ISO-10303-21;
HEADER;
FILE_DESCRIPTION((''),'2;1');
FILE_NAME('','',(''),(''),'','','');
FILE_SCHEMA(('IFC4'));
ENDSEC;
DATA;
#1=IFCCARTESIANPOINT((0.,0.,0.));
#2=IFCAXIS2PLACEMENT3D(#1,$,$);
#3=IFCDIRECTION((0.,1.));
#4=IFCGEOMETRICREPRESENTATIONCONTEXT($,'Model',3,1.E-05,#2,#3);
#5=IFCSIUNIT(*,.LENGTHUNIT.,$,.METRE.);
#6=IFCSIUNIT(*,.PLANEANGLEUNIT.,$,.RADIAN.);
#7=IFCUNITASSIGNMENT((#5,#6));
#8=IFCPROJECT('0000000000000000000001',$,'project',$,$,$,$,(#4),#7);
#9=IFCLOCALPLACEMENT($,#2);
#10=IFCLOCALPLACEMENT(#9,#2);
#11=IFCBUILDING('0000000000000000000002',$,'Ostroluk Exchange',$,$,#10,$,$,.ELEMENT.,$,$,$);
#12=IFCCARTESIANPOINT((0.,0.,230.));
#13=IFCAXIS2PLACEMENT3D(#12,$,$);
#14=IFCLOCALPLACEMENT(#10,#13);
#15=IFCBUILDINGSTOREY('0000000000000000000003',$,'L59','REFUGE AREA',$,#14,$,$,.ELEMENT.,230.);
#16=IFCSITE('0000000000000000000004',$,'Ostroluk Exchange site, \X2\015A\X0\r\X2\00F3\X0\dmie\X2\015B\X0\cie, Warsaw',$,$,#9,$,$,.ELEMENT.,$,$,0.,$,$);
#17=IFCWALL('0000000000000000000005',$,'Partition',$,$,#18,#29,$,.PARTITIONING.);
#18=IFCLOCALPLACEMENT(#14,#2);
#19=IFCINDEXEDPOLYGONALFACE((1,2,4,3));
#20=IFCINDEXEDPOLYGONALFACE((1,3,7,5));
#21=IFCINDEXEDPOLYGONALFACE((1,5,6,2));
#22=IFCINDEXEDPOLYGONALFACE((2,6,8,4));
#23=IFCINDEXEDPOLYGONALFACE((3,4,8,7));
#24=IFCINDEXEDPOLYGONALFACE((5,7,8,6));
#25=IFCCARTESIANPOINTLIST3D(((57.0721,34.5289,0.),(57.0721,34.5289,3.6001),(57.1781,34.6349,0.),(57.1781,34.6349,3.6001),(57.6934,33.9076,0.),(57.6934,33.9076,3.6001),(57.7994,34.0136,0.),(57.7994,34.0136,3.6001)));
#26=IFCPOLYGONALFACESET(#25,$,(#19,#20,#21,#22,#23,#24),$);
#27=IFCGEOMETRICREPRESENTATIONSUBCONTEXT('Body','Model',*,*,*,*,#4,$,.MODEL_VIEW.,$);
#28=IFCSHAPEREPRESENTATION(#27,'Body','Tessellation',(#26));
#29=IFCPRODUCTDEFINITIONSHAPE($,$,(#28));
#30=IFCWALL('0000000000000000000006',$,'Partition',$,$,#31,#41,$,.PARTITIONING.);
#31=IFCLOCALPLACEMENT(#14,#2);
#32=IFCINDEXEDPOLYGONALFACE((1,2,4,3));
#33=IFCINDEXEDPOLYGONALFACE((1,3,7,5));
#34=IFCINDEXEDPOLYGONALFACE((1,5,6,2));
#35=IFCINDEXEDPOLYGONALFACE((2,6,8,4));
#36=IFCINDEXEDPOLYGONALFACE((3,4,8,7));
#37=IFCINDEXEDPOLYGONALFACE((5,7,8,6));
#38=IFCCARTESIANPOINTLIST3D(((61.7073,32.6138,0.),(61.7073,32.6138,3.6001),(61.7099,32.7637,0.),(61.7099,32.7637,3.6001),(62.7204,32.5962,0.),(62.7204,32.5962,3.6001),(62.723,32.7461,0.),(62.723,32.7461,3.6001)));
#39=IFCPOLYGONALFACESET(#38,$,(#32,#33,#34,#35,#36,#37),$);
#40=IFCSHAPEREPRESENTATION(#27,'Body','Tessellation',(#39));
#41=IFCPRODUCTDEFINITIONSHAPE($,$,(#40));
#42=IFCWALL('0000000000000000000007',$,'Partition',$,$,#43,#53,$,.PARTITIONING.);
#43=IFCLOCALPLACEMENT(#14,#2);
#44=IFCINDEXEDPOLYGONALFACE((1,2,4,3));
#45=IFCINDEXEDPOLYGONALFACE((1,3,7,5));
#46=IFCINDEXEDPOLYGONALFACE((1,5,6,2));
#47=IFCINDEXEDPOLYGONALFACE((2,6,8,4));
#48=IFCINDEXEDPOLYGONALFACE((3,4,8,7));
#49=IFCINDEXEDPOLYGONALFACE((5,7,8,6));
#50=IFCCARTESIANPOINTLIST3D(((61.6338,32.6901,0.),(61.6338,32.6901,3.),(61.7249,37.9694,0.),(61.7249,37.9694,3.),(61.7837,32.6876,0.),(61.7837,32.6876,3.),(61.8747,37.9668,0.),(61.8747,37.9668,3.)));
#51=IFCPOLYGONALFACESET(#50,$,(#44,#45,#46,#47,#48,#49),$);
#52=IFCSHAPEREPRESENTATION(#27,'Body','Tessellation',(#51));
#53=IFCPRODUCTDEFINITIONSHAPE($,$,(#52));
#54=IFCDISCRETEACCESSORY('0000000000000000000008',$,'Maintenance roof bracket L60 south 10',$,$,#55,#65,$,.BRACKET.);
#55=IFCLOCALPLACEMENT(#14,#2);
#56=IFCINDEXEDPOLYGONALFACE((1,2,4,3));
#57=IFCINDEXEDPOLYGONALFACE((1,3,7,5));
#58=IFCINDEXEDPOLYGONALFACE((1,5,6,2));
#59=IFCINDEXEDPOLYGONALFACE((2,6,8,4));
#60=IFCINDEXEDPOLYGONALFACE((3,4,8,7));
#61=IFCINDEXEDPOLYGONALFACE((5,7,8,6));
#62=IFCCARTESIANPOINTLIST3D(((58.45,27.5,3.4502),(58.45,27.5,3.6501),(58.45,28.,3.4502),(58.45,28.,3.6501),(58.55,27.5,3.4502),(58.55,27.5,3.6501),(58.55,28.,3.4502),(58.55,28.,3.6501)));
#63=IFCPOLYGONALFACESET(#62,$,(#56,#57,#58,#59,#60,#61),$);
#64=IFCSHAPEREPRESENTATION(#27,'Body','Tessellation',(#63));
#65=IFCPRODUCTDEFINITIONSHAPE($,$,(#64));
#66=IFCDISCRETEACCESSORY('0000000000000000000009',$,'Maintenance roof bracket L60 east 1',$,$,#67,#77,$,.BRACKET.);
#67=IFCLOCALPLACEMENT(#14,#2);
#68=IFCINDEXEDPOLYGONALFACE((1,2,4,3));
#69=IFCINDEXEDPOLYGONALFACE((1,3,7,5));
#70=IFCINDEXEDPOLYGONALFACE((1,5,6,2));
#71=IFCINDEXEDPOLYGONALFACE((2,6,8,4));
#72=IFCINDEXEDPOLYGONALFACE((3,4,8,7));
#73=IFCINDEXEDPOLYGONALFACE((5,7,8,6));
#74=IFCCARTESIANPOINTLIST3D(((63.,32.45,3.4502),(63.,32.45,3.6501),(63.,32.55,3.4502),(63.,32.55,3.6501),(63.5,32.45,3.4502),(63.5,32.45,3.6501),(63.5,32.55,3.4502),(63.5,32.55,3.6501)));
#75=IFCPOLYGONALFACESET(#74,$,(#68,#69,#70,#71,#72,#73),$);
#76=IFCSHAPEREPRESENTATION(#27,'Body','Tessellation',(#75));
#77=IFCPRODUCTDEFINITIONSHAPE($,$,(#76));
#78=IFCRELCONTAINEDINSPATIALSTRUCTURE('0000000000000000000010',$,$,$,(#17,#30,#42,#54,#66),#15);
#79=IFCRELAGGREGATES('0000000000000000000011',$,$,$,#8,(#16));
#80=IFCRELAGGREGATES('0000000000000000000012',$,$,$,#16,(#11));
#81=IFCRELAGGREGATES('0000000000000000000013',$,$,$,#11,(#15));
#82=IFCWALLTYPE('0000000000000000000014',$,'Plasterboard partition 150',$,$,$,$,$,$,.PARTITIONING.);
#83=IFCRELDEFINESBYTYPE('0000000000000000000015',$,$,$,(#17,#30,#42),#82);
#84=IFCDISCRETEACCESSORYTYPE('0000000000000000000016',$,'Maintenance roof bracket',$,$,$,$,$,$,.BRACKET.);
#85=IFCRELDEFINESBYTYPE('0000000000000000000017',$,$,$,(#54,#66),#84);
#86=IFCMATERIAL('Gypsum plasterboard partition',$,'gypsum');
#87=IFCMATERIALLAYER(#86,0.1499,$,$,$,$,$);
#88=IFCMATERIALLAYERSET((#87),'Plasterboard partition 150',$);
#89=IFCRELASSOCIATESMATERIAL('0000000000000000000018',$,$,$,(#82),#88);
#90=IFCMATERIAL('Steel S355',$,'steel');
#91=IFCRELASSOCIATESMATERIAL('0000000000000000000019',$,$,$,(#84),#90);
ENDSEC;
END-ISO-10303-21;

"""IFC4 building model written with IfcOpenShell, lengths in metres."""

from ifc_helpers import new_model, si_unit, direction, frame, frame_2d, origin, origin_2d, place, context, subcontext, project, spatial, rectangle, extrude, material, layer, layer_set, type_object, element, save


model = new_model("IFC4")

# Units and contexts
model_context = context("Model", 3, precision=1e-05, world=origin(), true_north=direction((0.0, 1.0)))
body_context = subcontext(model_context, "Body", "Model", "MODEL_VIEW")
ifc_project = project(units=[si_unit("LENGTHUNIT", "METRE"), si_unit("PLANEANGLEUNIT", "RADIAN")], contexts=[model_context])

# Site, building, storey
site_placement = place(None, origin())
site = spatial("IfcSite", under=ifc_project, at=site_placement, Name="Ostroluk Exchange site, Śródmieście, Warsaw", CompositionType="ELEMENT", RefElevation=0.0)
building_placement = place(site_placement, origin())
building = spatial("IfcBuilding", under=site, at=building_placement, Name="Ostroluk Exchange", CompositionType="ELEMENT")
storey_placement = place(building_placement, frame((0.0, 0.0, 230.0)))
storey = spatial("IfcBuildingStorey", under=building, at=storey_placement, Name="L59", Description="REFUGE AREA", CompositionType="ELEMENT", Elevation=230.0)

# Shared definitions
ifc_material_1 = material(Name="Gypsum plasterboard partition", Category="gypsum")
ifc_layer_1 = layer(ifc_material_1, 0.1499)
ifc_layer_set_1 = layer_set([ifc_layer_1], Name="Plasterboard partition 150")
wall_type_1 = type_object("IfcWallType", Name="Plasterboard partition 150", PredefinedType="PARTITIONING", material=ifc_layer_set_1)

# Walls
wall_1_placement = place(storey_placement, frame((57.125, 34.582, 0.0), z_axis=(0.0, 0.0, 1.0), x_axis=(0.707107, -0.707107, 0.0)))
element("IfcWall", 1, at=wall_1_placement, inside=storey, type_object=wall_type_1, Name="Partition", PredefinedType="PARTITIONING", context=body_context, shape_type="SweptSolid", body=[
    extrude(rectangle(XDim=0.8787, YDim=0.1499, at=frame_2d((0.4395, 0.0))), origin(), (0.0, 0.0, 1.0), 3.6001),
])
wall_2_placement = place(storey_placement, frame((62.7217, 32.6711, 0.0), z_axis=(0.0, 0.0, 1.0), x_axis=(-0.999849, 0.017351, 0.0)))
element("IfcWall", 2, at=wall_2_placement, inside=storey, type_object=wall_type_1, Name="Partition", PredefinedType="PARTITIONING", context=body_context, shape_type="SweptSolid", body=[
    extrude(rectangle(XDim=1.0132, YDim=0.1499, at=frame_2d((0.5066, 0.0))), origin(), (0.0, 0.0, 1.0), 3.6001),
])
wall_3_placement = place(storey_placement, frame((61.7087, 32.6887, 0.0), z_axis=(0.0, 0.0, 1.0), x_axis=(0.017247, 0.999851, 0.0)))
element("IfcWall", 3, at=wall_3_placement, inside=storey, type_object=wall_type_1, Name="Partition", PredefinedType="PARTITIONING", context=body_context, shape_type="SweptSolid", body=[
    extrude(rectangle(XDim=5.28, YDim=0.1499, at=frame_2d((2.6401, 0.0))), origin(), (0.0, 0.0, 1.0), 3.0),
])

# Discrete accessories
ifc_material_2 = material(Name="Steel S355", Category="steel")
discrete_accessory_type = type_object("IfcDiscreteAccessoryType", Name="Maintenance roof bracket", PredefinedType="BRACKET", material=ifc_material_2)
discrete_accessory_1_placement = place(storey_placement, frame((58.5, 27.75, 3.4502), z_axis=(0.0, 0.0, 1.0), x_axis=(1.0, 0.0, 0.0)))
element("IfcDiscreteAccessory", 4, at=discrete_accessory_1_placement, inside=storey, type_object=discrete_accessory_type, Name="Maintenance roof bracket L60 south 10", PredefinedType="BRACKET", context=body_context, shape_type="SweptSolid", body=[
    extrude(rectangle(XDim=0.1001, YDim=0.5, at=origin_2d()), origin(), (0.0, 0.0, 1.0), 0.2),
])
discrete_accessory_2_placement = place(storey_placement, frame((63.25, 32.5, 3.4502), z_axis=(0.0, 0.0, 1.0), x_axis=(1.0, 0.0, 0.0)))
element("IfcDiscreteAccessory", 5, at=discrete_accessory_2_placement, inside=storey, type_object=discrete_accessory_type, Name="Maintenance roof bracket L60 east 1", PredefinedType="BRACKET", context=body_context, shape_type="SweptSolid", body=[
    extrude(rectangle(XDim=0.5, YDim=0.1001, at=origin_2d()), origin(), (0.0, 0.0, 1.0), 0.2),
])

save(model, "model.ifc")
